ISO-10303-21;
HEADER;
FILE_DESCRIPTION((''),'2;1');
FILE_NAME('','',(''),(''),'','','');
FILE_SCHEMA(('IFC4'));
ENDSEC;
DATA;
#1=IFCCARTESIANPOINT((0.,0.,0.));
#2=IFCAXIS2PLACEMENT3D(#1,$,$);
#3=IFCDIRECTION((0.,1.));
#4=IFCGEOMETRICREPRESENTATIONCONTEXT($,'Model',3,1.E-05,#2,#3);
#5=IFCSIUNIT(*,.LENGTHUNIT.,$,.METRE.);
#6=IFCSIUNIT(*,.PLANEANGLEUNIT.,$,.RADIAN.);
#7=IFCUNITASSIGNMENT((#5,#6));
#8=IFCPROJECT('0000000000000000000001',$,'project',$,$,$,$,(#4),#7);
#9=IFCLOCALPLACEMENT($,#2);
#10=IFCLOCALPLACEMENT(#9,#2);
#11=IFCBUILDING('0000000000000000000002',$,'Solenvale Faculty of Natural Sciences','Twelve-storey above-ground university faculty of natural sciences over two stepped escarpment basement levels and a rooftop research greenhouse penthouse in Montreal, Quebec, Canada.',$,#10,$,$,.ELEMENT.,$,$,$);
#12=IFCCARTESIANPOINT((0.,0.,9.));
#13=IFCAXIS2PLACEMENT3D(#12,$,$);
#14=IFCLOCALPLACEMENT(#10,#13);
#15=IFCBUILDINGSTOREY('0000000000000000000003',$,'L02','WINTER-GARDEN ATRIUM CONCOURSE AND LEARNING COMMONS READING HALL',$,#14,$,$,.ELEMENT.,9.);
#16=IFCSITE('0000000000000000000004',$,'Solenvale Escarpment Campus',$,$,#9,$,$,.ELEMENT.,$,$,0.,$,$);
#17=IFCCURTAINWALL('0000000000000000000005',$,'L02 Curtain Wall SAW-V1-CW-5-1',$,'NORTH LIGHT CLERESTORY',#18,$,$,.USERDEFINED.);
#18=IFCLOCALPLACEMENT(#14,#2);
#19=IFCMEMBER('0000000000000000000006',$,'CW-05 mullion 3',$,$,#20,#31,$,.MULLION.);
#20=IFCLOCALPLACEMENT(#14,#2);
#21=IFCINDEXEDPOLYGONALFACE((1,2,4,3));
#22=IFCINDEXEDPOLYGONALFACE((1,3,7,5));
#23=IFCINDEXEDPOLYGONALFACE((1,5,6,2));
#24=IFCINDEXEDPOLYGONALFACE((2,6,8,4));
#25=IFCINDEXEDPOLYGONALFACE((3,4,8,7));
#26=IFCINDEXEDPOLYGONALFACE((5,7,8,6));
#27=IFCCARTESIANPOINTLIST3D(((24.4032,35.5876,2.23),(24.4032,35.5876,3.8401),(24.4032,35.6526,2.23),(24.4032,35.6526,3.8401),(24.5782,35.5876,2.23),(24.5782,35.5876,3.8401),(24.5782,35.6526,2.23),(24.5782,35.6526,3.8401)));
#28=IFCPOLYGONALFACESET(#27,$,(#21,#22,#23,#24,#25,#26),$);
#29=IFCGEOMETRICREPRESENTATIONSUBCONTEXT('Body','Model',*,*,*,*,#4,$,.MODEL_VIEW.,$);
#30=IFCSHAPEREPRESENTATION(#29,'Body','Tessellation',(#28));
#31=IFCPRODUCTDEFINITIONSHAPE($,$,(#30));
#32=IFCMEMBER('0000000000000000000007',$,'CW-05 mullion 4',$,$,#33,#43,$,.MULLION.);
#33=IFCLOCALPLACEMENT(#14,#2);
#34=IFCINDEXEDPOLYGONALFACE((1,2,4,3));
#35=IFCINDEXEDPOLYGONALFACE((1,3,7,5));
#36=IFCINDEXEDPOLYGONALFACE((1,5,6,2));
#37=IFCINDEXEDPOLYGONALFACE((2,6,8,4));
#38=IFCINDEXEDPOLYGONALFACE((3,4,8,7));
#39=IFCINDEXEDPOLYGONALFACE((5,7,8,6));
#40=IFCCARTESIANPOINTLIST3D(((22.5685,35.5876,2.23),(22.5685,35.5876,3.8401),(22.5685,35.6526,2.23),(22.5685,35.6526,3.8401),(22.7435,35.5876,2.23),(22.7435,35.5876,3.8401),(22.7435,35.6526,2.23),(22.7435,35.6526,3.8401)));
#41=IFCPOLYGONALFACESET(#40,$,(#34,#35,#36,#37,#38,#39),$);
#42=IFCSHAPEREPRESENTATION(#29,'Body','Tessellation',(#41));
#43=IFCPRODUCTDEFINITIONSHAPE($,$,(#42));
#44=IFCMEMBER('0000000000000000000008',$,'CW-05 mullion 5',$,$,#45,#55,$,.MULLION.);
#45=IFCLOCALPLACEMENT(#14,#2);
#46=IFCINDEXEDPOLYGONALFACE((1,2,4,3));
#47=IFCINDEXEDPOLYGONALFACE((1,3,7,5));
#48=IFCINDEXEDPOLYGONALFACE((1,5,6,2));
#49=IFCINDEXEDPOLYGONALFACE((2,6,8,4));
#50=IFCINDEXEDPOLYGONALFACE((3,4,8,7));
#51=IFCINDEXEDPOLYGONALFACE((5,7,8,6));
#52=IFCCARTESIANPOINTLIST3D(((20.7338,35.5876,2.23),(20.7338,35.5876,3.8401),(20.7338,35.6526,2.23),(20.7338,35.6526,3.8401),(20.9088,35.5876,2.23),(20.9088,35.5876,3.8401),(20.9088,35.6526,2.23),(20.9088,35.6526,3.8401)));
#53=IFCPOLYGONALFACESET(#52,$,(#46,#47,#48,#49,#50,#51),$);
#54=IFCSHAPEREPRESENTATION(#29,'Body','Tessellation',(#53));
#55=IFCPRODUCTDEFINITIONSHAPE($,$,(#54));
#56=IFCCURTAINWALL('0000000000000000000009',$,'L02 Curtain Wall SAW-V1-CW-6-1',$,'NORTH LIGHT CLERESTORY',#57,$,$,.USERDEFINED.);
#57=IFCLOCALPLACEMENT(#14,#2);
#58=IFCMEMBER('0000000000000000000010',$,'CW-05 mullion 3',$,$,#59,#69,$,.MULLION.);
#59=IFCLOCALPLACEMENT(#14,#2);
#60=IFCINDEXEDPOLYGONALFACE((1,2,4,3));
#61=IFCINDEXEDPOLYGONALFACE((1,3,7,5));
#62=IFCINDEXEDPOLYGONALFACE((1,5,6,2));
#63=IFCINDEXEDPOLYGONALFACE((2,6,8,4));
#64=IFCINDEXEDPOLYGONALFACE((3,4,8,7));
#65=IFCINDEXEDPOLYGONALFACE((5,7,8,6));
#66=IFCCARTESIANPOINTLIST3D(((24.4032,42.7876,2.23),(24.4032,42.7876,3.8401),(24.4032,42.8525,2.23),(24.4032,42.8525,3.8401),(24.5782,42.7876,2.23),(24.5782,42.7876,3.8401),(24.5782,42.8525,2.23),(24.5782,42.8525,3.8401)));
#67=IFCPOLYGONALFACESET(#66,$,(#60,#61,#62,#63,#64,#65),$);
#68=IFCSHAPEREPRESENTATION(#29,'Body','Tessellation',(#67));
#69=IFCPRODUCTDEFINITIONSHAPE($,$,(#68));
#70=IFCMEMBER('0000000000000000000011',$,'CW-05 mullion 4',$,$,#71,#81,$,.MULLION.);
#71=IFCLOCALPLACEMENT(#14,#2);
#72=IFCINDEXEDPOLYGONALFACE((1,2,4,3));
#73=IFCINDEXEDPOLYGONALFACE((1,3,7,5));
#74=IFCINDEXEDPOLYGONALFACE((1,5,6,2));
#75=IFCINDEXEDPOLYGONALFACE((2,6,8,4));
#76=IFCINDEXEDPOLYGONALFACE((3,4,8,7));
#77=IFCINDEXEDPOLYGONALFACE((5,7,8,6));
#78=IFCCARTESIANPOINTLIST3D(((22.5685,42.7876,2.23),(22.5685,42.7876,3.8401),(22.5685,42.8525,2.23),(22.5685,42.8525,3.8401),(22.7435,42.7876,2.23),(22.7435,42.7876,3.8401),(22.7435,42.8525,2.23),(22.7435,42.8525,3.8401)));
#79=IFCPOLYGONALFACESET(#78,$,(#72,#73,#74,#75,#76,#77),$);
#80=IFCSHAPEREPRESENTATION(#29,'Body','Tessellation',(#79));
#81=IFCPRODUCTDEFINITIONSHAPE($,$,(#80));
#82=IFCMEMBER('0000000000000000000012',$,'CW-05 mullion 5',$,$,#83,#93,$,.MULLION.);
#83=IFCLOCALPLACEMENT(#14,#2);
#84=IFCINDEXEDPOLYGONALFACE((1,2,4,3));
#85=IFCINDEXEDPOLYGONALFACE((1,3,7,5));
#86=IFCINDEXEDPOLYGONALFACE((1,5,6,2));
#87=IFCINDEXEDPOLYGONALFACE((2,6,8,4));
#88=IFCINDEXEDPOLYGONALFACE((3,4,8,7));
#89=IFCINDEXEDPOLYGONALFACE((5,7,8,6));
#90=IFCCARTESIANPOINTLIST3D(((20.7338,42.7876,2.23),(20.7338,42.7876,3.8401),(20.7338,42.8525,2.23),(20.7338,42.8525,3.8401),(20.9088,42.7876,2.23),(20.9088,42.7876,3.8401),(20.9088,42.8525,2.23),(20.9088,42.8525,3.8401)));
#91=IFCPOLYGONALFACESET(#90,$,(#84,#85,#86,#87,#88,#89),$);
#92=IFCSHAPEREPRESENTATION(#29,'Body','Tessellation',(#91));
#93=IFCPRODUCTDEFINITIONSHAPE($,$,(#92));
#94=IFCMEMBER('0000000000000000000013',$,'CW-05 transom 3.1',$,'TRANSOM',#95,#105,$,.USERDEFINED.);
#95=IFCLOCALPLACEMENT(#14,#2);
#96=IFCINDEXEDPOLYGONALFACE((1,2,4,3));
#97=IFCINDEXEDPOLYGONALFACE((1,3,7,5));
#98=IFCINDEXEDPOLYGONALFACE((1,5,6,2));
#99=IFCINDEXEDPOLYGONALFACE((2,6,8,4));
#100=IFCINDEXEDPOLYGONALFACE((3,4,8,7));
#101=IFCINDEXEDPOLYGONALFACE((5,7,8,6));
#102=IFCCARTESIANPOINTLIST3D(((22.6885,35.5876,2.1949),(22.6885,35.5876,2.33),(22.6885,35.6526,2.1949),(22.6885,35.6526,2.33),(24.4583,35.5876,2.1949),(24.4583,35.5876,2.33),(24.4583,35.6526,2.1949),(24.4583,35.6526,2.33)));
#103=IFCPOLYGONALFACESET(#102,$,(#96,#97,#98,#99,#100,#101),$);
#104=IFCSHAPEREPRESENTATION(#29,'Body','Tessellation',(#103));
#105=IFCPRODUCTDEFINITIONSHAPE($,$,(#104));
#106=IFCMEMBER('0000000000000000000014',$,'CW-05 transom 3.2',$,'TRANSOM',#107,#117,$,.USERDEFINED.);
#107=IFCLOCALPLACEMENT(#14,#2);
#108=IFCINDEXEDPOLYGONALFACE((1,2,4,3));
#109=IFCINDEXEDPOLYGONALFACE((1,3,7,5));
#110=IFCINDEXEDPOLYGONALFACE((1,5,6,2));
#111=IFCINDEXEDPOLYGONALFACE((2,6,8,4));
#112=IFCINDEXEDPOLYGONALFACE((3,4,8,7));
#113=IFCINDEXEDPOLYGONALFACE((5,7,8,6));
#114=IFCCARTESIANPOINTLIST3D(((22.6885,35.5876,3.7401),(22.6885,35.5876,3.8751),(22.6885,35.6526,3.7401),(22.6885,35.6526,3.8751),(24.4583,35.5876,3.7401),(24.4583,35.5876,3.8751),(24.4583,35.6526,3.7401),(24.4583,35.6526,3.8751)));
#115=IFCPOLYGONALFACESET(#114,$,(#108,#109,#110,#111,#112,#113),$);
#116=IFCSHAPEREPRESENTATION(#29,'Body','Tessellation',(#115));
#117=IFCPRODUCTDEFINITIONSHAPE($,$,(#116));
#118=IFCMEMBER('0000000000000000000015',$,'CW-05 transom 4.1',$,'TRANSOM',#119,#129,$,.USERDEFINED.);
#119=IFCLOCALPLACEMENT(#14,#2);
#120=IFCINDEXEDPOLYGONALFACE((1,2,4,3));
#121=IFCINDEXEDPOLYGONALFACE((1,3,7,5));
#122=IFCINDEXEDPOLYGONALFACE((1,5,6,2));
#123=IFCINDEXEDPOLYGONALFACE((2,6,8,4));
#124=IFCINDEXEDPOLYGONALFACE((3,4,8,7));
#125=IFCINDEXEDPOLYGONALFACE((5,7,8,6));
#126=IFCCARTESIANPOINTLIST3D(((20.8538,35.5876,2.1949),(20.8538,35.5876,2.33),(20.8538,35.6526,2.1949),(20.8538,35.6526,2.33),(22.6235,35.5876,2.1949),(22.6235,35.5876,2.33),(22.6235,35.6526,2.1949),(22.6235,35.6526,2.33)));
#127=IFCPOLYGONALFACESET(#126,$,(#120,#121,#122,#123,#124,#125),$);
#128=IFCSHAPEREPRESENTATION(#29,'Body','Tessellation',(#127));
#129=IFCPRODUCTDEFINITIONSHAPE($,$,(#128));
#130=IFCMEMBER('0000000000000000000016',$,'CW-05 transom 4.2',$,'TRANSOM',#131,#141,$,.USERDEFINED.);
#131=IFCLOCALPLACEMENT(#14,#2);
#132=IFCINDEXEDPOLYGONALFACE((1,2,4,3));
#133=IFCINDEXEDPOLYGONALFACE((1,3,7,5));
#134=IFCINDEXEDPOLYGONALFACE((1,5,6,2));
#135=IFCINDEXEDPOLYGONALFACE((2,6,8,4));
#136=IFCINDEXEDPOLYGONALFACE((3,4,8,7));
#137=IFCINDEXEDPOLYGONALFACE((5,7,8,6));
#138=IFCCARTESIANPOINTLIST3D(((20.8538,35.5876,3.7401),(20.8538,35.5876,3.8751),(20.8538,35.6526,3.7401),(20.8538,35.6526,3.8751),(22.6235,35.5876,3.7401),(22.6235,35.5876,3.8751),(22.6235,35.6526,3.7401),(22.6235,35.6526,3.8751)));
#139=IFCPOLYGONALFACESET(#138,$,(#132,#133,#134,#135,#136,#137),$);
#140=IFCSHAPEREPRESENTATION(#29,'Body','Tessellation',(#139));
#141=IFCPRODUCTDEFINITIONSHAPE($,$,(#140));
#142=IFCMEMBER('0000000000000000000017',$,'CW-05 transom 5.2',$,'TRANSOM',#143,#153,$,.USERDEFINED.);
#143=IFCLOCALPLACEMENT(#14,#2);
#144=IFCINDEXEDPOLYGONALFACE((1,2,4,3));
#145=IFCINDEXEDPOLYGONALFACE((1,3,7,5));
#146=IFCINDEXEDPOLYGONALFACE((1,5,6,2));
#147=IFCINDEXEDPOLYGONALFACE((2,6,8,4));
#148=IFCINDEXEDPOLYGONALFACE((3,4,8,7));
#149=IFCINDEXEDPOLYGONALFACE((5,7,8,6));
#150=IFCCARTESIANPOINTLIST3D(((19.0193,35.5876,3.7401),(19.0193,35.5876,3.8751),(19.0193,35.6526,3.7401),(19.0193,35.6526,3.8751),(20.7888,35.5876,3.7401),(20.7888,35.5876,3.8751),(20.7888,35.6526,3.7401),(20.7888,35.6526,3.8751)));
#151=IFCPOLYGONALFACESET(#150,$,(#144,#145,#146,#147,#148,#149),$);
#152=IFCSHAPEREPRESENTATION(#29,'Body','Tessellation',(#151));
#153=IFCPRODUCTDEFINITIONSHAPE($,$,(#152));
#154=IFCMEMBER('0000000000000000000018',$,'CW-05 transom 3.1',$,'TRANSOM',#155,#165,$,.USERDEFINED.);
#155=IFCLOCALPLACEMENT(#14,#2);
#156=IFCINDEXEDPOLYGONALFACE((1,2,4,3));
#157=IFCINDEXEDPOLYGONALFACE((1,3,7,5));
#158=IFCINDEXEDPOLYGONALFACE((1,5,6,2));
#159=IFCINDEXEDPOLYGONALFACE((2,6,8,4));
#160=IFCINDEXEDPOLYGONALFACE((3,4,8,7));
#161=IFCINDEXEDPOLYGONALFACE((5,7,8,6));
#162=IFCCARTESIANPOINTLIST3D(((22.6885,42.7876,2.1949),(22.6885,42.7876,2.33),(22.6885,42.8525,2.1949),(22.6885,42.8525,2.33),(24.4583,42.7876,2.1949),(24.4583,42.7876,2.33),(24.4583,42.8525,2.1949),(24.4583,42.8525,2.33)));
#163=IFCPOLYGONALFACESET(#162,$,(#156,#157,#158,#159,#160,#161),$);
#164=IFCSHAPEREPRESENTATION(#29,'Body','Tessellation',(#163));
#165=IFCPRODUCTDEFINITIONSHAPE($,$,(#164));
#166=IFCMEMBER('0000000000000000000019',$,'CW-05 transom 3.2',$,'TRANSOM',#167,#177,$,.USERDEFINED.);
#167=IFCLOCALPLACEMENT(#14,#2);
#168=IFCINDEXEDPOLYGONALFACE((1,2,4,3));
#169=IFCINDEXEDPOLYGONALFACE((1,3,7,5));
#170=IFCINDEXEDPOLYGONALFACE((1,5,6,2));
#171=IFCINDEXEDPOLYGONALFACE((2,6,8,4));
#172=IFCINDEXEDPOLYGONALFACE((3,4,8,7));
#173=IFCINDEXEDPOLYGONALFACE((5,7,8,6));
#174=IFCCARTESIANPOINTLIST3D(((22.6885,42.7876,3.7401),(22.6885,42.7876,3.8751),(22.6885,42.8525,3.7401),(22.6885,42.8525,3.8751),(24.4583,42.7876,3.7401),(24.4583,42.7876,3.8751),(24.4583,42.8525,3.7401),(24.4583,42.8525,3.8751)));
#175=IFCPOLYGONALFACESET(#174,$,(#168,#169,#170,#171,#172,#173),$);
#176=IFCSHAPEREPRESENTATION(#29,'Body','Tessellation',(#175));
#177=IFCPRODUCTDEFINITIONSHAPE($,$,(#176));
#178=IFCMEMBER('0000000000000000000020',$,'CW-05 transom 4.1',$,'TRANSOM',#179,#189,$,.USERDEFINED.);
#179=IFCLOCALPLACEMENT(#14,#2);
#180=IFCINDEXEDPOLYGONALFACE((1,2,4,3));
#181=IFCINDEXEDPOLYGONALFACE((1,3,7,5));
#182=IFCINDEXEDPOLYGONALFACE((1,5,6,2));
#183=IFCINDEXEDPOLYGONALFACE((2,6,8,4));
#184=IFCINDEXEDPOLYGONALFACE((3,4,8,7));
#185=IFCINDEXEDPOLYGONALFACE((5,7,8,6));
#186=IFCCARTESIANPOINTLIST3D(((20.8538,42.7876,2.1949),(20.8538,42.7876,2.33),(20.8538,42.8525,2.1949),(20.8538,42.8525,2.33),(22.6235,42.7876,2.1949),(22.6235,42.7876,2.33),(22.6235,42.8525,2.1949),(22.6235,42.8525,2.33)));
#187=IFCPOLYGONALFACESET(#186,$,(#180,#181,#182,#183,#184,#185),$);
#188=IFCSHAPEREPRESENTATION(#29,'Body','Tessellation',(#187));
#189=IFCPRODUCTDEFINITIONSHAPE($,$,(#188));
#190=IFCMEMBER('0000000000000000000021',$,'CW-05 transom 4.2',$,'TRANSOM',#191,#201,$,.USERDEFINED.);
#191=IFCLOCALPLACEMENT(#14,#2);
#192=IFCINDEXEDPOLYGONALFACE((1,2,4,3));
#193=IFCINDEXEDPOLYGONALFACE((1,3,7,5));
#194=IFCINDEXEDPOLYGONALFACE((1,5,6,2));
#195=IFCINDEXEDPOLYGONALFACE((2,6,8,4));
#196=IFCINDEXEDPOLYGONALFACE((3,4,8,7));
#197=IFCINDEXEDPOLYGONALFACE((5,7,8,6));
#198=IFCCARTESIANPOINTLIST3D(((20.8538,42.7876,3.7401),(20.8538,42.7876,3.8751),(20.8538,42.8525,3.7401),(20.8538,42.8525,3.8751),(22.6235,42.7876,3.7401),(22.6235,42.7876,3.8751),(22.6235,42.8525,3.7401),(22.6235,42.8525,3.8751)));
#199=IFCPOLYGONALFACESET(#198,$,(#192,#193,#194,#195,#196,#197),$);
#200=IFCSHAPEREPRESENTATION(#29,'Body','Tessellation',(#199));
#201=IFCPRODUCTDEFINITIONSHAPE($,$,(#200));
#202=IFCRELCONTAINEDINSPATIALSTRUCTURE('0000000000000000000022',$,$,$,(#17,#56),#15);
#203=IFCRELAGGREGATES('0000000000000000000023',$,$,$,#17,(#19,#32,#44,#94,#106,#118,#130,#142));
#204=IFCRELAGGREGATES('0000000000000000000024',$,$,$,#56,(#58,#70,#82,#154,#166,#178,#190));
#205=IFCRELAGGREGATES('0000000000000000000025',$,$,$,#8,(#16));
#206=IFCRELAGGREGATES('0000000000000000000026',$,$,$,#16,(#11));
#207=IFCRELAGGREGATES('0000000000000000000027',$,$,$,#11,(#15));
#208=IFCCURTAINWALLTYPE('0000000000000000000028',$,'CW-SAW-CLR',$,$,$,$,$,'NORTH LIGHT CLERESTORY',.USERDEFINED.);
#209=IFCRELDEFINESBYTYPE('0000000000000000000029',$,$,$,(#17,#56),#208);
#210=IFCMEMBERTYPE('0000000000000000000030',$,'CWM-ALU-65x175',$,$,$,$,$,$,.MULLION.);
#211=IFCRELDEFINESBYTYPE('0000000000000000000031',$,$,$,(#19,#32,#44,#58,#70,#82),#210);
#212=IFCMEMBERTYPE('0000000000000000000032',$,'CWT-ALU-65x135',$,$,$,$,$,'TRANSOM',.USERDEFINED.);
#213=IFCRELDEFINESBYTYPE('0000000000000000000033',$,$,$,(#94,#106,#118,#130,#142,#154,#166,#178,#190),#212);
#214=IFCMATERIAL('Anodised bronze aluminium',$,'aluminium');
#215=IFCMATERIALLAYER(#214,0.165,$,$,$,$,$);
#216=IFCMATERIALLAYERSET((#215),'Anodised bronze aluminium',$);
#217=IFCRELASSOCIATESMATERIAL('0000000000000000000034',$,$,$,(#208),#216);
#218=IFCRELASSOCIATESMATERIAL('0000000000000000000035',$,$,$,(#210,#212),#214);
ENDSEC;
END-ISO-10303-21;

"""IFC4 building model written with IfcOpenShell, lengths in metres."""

from ifc_helpers import new_model, si_unit, direction, frame, origin, origin_2d, place, context, subcontext, project, spatial, rectangle, extrude, material, layer, layer_set, material_profile, profile_set, type_object, element, aggregate, save


model = new_model("IFC4")

# Units and contexts
model_context = context("Model", 3, precision=1e-05, world=origin(), true_north=direction((0.0, 1.0)))
body_context = subcontext(model_context, "Body", "Model", "MODEL_VIEW")
ifc_project = project(units=[si_unit("LENGTHUNIT", "METRE"), si_unit("PLANEANGLEUNIT", "RADIAN")], contexts=[model_context])

# Site, building, storey
site_placement = place(None, origin())
site = spatial("IfcSite", under=ifc_project, at=site_placement, Name="Solenvale Escarpment Campus", CompositionType="ELEMENT", RefElevation=0.0)
building_placement = place(site_placement, origin())
building = spatial("IfcBuilding", under=site, at=building_placement, Name="Solenvale Faculty of Natural Sciences", Description="Twelve-storey above-ground university faculty of natural sciences over two stepped escarpment basement levels and a rooftop research greenhouse penthouse in Montreal, Quebec, Canada.", CompositionType="ELEMENT")
storey_placement = place(building_placement, frame((0.0, 0.0, 9.0)))
storey = spatial("IfcBuildingStorey", under=building, at=storey_placement, Name="L02", Description="WINTER-GARDEN ATRIUM CONCOURSE AND LEARNING COMMONS READING HALL", CompositionType="ELEMENT", Elevation=9.0)

# Curtain walls, members
ifc_material_1 = material(Name="Anodised bronze aluminium", Category="aluminium")
ifc_layer_1 = layer(ifc_material_1, 0.165)
ifc_layer_set_1 = layer_set([ifc_layer_1], Name="Anodised bronze aluminium")
curtain_wall_type = type_object("IfcCurtainWallType", Name="CW-SAW-CLR", ElementType="NORTH LIGHT CLERESTORY", PredefinedType="USERDEFINED", material=ifc_layer_set_1)
curtain_wall_1_placement = place(storey_placement, origin())
curtain_wall_1 = element("IfcCurtainWall", 1, at=curtain_wall_1_placement, inside=storey, type_object=curtain_wall_type, Name="L02 Curtain Wall SAW-V1-CW-5-1", ObjectType="NORTH LIGHT CLERESTORY", PredefinedType="USERDEFINED")
ifc_material_profile_1 = material_profile(ifc_material_1, rectangle(XDim=0.0649, YDim=0.175, at=origin_2d()), Name="ALU-MUL-65x175")
ifc_profile_set_1 = profile_set([ifc_material_profile_1], Name="Anodised bronze aluminium")
member_type_1 = type_object("IfcMemberType", Name="CWM-ALU-65x175", PredefinedType="MULLION", material=ifc_profile_set_1)
member_1_placement = place(storey_placement, frame((24.4907, 35.6201, 2.23), z_axis=(0.0, 0.0, 1.0), x_axis=(0.0, -1.0, 0.0)))
member_1 = element("IfcMember", 2, at=member_1_placement, type_object=member_type_1, Name="CW-05 mullion 3", PredefinedType="MULLION", context=body_context, shape_type="SweptSolid", body=[
    extrude(rectangle(XDim=0.0649, YDim=0.175, at=origin_2d()), origin(), (0.0, 0.0, 1.0), 1.6101),
])
member_2_placement = place(storey_placement, frame((22.656, 35.6201, 2.23), z_axis=(0.0, 0.0, 1.0), x_axis=(0.0, -1.0, 0.0)))
member_2 = element("IfcMember", 3, at=member_2_placement, type_object=member_type_1, Name="CW-05 mullion 4", PredefinedType="MULLION", context=body_context, shape_type="SweptSolid", body=[
    extrude(rectangle(XDim=0.0649, YDim=0.175, at=origin_2d()), origin(), (0.0, 0.0, 1.0), 1.6101),
])
member_3_placement = place(storey_placement, frame((20.8213, 35.6201, 2.23), z_axis=(0.0, 0.0, 1.0), x_axis=(0.0, -1.0, 0.0)))
member_3 = element("IfcMember", 4, at=member_3_placement, type_object=member_type_1, Name="CW-05 mullion 5", PredefinedType="MULLION", context=body_context, shape_type="SweptSolid", body=[
    extrude(rectangle(XDim=0.0649, YDim=0.175, at=origin_2d()), origin(), (0.0, 0.0, 1.0), 1.6101),
])
curtain_wall_2_placement = place(storey_placement, origin())
curtain_wall_2 = element("IfcCurtainWall", 5, at=curtain_wall_2_placement, inside=storey, type_object=curtain_wall_type, Name="L02 Curtain Wall SAW-V1-CW-6-1", ObjectType="NORTH LIGHT CLERESTORY", PredefinedType="USERDEFINED")
member_4_placement = place(storey_placement, frame((24.4907, 42.8201, 2.23), z_axis=(0.0, 0.0, 1.0), x_axis=(0.0, -1.0, 0.0)))
member_4 = element("IfcMember", 6, at=member_4_placement, type_object=member_type_1, Name="CW-05 mullion 3", PredefinedType="MULLION", context=body_context, shape_type="SweptSolid", body=[
    extrude(rectangle(XDim=0.0649, YDim=0.175, at=origin_2d()), origin(), (0.0, 0.0, 1.0), 1.6101),
])
member_5_placement = place(storey_placement, frame((22.656, 42.8201, 2.23), z_axis=(0.0, 0.0, 1.0), x_axis=(0.0, -1.0, 0.0)))
member_5 = element("IfcMember", 7, at=member_5_placement, type_object=member_type_1, Name="CW-05 mullion 4", PredefinedType="MULLION", context=body_context, shape_type="SweptSolid", body=[
    extrude(rectangle(XDim=0.0649, YDim=0.175, at=origin_2d()), origin(), (0.0, 0.0, 1.0), 1.6101),
])
member_6_placement = place(storey_placement, frame((20.8213, 42.8201, 2.23), z_axis=(0.0, 0.0, 1.0), x_axis=(0.0, -1.0, 0.0)))
member_6 = element("IfcMember", 8, at=member_6_placement, type_object=member_type_1, Name="CW-05 mullion 5", PredefinedType="MULLION", context=body_context, shape_type="SweptSolid", body=[
    extrude(rectangle(XDim=0.0649, YDim=0.175, at=origin_2d()), origin(), (0.0, 0.0, 1.0), 1.6101),
])

# Members
ifc_material_profile_2 = material_profile(ifc_material_1, rectangle(XDim=0.0649, YDim=0.135, at=origin_2d()), Name="ALU-TRN-65x135")
ifc_profile_set_2 = profile_set([ifc_material_profile_2], Name="Anodised bronze aluminium")
member_type_2 = type_object("IfcMemberType", Name="CWT-ALU-65x135", ElementType="TRANSOM", PredefinedType="USERDEFINED", material=ifc_profile_set_2)
member_7_placement = place(storey_placement, frame((24.4583, 35.6201, 2.2625), z_axis=(-1.0, 0.0, 0.0), x_axis=(0.0, -1.0, 0.0)))
member_7 = element("IfcMember", 9, at=member_7_placement, type_object=member_type_2, Name="CW-05 transom 3.1", ObjectType="TRANSOM", PredefinedType="USERDEFINED", context=body_context, shape_type="SweptSolid", body=[
    extrude(rectangle(XDim=0.0649, YDim=0.135, at=origin_2d()), origin(), (0.0, 0.0, 1.0), 1.7698),
])
member_8_placement = place(storey_placement, frame((24.4583, 35.6201, 3.8076), z_axis=(-1.0, 0.0, 0.0), x_axis=(0.0, -1.0, 0.0)))
member_8 = element("IfcMember", 10, at=member_8_placement, type_object=member_type_2, Name="CW-05 transom 3.2", ObjectType="TRANSOM", PredefinedType="USERDEFINED", context=body_context, shape_type="SweptSolid", body=[
    extrude(rectangle(XDim=0.0649, YDim=0.135, at=origin_2d()), origin(), (0.0, 0.0, 1.0), 1.7698),
])
member_9_placement = place(storey_placement, frame((22.6235, 35.6201, 2.2625), z_axis=(-1.0, 0.0, 0.0), x_axis=(0.0, -1.0, 0.0)))
member_9 = element("IfcMember", 11, at=member_9_placement, type_object=member_type_2, Name="CW-05 transom 4.1", ObjectType="TRANSOM", PredefinedType="USERDEFINED", context=body_context, shape_type="SweptSolid", body=[
    extrude(rectangle(XDim=0.0649, YDim=0.135, at=origin_2d()), origin(), (0.0, 0.0, 1.0), 1.7698),
])
member_10_placement = place(storey_placement, frame((22.6235, 35.6201, 3.8076), z_axis=(-1.0, 0.0, 0.0), x_axis=(0.0, -1.0, 0.0)))
member_10 = element("IfcMember", 12, at=member_10_placement, type_object=member_type_2, Name="CW-05 transom 4.2", ObjectType="TRANSOM", PredefinedType="USERDEFINED", context=body_context, shape_type="SweptSolid", body=[
    extrude(rectangle(XDim=0.0649, YDim=0.135, at=origin_2d()), origin(), (0.0, 0.0, 1.0), 1.7698),
])
member_11_placement = place(storey_placement, frame((20.7888, 35.6201, 3.8076), z_axis=(-1.0, 0.0, 0.0), x_axis=(0.0, -1.0, 0.0)))
member_11 = element("IfcMember", 13, at=member_11_placement, type_object=member_type_2, Name="CW-05 transom 5.2", ObjectType="TRANSOM", PredefinedType="USERDEFINED", context=body_context, shape_type="SweptSolid", body=[
    extrude(rectangle(XDim=0.0649, YDim=0.135, at=origin_2d()), origin(), (0.0, 0.0, 1.0), 1.7695),
])
member_12_placement = place(storey_placement, frame((24.4583, 42.8201, 2.2625), z_axis=(-1.0, 0.0, 0.0), x_axis=(0.0, -1.0, 0.0)))
member_12 = element("IfcMember", 14, at=member_12_placement, type_object=member_type_2, Name="CW-05 transom 3.1", ObjectType="TRANSOM", PredefinedType="USERDEFINED", context=body_context, shape_type="SweptSolid", body=[
    extrude(rectangle(XDim=0.0649, YDim=0.135, at=origin_2d()), origin(), (0.0, 0.0, 1.0), 1.7698),
])
member_13_placement = place(storey_placement, frame((24.4583, 42.8201, 3.8076), z_axis=(-1.0, 0.0, 0.0), x_axis=(0.0, -1.0, 0.0)))
member_13 = element("IfcMember", 15, at=member_13_placement, type_object=member_type_2, Name="CW-05 transom 3.2", ObjectType="TRANSOM", PredefinedType="USERDEFINED", context=body_context, shape_type="SweptSolid", body=[
    extrude(rectangle(XDim=0.0649, YDim=0.135, at=origin_2d()), origin(), (0.0, 0.0, 1.0), 1.7698),
])
member_14_placement = place(storey_placement, frame((22.6235, 42.8201, 2.2625), z_axis=(-1.0, 0.0, 0.0), x_axis=(0.0, -1.0, 0.0)))
member_14 = element("IfcMember", 16, at=member_14_placement, type_object=member_type_2, Name="CW-05 transom 4.1", ObjectType="TRANSOM", PredefinedType="USERDEFINED", context=body_context, shape_type="SweptSolid", body=[
    extrude(rectangle(XDim=0.0649, YDim=0.135, at=origin_2d()), origin(), (0.0, 0.0, 1.0), 1.7698),
])
member_15_placement = place(storey_placement, frame((22.6235, 42.8201, 3.8076), z_axis=(-1.0, 0.0, 0.0), x_axis=(0.0, -1.0, 0.0)))
member_15 = element("IfcMember", 17, at=member_15_placement, type_object=member_type_2, Name="CW-05 transom 4.2", ObjectType="TRANSOM", PredefinedType="USERDEFINED", context=body_context, shape_type="SweptSolid", body=[
    extrude(rectangle(XDim=0.0649, YDim=0.135, at=origin_2d()), origin(), (0.0, 0.0, 1.0), 1.7698),
])

aggregate(curtain_wall_1, [member_1, member_2, member_3, member_7, member_8, member_9, member_10, member_11])
aggregate(curtain_wall_2, [member_4, member_5, member_6, member_12, member_13, member_14, member_15])

save(model, "model.ifc")
